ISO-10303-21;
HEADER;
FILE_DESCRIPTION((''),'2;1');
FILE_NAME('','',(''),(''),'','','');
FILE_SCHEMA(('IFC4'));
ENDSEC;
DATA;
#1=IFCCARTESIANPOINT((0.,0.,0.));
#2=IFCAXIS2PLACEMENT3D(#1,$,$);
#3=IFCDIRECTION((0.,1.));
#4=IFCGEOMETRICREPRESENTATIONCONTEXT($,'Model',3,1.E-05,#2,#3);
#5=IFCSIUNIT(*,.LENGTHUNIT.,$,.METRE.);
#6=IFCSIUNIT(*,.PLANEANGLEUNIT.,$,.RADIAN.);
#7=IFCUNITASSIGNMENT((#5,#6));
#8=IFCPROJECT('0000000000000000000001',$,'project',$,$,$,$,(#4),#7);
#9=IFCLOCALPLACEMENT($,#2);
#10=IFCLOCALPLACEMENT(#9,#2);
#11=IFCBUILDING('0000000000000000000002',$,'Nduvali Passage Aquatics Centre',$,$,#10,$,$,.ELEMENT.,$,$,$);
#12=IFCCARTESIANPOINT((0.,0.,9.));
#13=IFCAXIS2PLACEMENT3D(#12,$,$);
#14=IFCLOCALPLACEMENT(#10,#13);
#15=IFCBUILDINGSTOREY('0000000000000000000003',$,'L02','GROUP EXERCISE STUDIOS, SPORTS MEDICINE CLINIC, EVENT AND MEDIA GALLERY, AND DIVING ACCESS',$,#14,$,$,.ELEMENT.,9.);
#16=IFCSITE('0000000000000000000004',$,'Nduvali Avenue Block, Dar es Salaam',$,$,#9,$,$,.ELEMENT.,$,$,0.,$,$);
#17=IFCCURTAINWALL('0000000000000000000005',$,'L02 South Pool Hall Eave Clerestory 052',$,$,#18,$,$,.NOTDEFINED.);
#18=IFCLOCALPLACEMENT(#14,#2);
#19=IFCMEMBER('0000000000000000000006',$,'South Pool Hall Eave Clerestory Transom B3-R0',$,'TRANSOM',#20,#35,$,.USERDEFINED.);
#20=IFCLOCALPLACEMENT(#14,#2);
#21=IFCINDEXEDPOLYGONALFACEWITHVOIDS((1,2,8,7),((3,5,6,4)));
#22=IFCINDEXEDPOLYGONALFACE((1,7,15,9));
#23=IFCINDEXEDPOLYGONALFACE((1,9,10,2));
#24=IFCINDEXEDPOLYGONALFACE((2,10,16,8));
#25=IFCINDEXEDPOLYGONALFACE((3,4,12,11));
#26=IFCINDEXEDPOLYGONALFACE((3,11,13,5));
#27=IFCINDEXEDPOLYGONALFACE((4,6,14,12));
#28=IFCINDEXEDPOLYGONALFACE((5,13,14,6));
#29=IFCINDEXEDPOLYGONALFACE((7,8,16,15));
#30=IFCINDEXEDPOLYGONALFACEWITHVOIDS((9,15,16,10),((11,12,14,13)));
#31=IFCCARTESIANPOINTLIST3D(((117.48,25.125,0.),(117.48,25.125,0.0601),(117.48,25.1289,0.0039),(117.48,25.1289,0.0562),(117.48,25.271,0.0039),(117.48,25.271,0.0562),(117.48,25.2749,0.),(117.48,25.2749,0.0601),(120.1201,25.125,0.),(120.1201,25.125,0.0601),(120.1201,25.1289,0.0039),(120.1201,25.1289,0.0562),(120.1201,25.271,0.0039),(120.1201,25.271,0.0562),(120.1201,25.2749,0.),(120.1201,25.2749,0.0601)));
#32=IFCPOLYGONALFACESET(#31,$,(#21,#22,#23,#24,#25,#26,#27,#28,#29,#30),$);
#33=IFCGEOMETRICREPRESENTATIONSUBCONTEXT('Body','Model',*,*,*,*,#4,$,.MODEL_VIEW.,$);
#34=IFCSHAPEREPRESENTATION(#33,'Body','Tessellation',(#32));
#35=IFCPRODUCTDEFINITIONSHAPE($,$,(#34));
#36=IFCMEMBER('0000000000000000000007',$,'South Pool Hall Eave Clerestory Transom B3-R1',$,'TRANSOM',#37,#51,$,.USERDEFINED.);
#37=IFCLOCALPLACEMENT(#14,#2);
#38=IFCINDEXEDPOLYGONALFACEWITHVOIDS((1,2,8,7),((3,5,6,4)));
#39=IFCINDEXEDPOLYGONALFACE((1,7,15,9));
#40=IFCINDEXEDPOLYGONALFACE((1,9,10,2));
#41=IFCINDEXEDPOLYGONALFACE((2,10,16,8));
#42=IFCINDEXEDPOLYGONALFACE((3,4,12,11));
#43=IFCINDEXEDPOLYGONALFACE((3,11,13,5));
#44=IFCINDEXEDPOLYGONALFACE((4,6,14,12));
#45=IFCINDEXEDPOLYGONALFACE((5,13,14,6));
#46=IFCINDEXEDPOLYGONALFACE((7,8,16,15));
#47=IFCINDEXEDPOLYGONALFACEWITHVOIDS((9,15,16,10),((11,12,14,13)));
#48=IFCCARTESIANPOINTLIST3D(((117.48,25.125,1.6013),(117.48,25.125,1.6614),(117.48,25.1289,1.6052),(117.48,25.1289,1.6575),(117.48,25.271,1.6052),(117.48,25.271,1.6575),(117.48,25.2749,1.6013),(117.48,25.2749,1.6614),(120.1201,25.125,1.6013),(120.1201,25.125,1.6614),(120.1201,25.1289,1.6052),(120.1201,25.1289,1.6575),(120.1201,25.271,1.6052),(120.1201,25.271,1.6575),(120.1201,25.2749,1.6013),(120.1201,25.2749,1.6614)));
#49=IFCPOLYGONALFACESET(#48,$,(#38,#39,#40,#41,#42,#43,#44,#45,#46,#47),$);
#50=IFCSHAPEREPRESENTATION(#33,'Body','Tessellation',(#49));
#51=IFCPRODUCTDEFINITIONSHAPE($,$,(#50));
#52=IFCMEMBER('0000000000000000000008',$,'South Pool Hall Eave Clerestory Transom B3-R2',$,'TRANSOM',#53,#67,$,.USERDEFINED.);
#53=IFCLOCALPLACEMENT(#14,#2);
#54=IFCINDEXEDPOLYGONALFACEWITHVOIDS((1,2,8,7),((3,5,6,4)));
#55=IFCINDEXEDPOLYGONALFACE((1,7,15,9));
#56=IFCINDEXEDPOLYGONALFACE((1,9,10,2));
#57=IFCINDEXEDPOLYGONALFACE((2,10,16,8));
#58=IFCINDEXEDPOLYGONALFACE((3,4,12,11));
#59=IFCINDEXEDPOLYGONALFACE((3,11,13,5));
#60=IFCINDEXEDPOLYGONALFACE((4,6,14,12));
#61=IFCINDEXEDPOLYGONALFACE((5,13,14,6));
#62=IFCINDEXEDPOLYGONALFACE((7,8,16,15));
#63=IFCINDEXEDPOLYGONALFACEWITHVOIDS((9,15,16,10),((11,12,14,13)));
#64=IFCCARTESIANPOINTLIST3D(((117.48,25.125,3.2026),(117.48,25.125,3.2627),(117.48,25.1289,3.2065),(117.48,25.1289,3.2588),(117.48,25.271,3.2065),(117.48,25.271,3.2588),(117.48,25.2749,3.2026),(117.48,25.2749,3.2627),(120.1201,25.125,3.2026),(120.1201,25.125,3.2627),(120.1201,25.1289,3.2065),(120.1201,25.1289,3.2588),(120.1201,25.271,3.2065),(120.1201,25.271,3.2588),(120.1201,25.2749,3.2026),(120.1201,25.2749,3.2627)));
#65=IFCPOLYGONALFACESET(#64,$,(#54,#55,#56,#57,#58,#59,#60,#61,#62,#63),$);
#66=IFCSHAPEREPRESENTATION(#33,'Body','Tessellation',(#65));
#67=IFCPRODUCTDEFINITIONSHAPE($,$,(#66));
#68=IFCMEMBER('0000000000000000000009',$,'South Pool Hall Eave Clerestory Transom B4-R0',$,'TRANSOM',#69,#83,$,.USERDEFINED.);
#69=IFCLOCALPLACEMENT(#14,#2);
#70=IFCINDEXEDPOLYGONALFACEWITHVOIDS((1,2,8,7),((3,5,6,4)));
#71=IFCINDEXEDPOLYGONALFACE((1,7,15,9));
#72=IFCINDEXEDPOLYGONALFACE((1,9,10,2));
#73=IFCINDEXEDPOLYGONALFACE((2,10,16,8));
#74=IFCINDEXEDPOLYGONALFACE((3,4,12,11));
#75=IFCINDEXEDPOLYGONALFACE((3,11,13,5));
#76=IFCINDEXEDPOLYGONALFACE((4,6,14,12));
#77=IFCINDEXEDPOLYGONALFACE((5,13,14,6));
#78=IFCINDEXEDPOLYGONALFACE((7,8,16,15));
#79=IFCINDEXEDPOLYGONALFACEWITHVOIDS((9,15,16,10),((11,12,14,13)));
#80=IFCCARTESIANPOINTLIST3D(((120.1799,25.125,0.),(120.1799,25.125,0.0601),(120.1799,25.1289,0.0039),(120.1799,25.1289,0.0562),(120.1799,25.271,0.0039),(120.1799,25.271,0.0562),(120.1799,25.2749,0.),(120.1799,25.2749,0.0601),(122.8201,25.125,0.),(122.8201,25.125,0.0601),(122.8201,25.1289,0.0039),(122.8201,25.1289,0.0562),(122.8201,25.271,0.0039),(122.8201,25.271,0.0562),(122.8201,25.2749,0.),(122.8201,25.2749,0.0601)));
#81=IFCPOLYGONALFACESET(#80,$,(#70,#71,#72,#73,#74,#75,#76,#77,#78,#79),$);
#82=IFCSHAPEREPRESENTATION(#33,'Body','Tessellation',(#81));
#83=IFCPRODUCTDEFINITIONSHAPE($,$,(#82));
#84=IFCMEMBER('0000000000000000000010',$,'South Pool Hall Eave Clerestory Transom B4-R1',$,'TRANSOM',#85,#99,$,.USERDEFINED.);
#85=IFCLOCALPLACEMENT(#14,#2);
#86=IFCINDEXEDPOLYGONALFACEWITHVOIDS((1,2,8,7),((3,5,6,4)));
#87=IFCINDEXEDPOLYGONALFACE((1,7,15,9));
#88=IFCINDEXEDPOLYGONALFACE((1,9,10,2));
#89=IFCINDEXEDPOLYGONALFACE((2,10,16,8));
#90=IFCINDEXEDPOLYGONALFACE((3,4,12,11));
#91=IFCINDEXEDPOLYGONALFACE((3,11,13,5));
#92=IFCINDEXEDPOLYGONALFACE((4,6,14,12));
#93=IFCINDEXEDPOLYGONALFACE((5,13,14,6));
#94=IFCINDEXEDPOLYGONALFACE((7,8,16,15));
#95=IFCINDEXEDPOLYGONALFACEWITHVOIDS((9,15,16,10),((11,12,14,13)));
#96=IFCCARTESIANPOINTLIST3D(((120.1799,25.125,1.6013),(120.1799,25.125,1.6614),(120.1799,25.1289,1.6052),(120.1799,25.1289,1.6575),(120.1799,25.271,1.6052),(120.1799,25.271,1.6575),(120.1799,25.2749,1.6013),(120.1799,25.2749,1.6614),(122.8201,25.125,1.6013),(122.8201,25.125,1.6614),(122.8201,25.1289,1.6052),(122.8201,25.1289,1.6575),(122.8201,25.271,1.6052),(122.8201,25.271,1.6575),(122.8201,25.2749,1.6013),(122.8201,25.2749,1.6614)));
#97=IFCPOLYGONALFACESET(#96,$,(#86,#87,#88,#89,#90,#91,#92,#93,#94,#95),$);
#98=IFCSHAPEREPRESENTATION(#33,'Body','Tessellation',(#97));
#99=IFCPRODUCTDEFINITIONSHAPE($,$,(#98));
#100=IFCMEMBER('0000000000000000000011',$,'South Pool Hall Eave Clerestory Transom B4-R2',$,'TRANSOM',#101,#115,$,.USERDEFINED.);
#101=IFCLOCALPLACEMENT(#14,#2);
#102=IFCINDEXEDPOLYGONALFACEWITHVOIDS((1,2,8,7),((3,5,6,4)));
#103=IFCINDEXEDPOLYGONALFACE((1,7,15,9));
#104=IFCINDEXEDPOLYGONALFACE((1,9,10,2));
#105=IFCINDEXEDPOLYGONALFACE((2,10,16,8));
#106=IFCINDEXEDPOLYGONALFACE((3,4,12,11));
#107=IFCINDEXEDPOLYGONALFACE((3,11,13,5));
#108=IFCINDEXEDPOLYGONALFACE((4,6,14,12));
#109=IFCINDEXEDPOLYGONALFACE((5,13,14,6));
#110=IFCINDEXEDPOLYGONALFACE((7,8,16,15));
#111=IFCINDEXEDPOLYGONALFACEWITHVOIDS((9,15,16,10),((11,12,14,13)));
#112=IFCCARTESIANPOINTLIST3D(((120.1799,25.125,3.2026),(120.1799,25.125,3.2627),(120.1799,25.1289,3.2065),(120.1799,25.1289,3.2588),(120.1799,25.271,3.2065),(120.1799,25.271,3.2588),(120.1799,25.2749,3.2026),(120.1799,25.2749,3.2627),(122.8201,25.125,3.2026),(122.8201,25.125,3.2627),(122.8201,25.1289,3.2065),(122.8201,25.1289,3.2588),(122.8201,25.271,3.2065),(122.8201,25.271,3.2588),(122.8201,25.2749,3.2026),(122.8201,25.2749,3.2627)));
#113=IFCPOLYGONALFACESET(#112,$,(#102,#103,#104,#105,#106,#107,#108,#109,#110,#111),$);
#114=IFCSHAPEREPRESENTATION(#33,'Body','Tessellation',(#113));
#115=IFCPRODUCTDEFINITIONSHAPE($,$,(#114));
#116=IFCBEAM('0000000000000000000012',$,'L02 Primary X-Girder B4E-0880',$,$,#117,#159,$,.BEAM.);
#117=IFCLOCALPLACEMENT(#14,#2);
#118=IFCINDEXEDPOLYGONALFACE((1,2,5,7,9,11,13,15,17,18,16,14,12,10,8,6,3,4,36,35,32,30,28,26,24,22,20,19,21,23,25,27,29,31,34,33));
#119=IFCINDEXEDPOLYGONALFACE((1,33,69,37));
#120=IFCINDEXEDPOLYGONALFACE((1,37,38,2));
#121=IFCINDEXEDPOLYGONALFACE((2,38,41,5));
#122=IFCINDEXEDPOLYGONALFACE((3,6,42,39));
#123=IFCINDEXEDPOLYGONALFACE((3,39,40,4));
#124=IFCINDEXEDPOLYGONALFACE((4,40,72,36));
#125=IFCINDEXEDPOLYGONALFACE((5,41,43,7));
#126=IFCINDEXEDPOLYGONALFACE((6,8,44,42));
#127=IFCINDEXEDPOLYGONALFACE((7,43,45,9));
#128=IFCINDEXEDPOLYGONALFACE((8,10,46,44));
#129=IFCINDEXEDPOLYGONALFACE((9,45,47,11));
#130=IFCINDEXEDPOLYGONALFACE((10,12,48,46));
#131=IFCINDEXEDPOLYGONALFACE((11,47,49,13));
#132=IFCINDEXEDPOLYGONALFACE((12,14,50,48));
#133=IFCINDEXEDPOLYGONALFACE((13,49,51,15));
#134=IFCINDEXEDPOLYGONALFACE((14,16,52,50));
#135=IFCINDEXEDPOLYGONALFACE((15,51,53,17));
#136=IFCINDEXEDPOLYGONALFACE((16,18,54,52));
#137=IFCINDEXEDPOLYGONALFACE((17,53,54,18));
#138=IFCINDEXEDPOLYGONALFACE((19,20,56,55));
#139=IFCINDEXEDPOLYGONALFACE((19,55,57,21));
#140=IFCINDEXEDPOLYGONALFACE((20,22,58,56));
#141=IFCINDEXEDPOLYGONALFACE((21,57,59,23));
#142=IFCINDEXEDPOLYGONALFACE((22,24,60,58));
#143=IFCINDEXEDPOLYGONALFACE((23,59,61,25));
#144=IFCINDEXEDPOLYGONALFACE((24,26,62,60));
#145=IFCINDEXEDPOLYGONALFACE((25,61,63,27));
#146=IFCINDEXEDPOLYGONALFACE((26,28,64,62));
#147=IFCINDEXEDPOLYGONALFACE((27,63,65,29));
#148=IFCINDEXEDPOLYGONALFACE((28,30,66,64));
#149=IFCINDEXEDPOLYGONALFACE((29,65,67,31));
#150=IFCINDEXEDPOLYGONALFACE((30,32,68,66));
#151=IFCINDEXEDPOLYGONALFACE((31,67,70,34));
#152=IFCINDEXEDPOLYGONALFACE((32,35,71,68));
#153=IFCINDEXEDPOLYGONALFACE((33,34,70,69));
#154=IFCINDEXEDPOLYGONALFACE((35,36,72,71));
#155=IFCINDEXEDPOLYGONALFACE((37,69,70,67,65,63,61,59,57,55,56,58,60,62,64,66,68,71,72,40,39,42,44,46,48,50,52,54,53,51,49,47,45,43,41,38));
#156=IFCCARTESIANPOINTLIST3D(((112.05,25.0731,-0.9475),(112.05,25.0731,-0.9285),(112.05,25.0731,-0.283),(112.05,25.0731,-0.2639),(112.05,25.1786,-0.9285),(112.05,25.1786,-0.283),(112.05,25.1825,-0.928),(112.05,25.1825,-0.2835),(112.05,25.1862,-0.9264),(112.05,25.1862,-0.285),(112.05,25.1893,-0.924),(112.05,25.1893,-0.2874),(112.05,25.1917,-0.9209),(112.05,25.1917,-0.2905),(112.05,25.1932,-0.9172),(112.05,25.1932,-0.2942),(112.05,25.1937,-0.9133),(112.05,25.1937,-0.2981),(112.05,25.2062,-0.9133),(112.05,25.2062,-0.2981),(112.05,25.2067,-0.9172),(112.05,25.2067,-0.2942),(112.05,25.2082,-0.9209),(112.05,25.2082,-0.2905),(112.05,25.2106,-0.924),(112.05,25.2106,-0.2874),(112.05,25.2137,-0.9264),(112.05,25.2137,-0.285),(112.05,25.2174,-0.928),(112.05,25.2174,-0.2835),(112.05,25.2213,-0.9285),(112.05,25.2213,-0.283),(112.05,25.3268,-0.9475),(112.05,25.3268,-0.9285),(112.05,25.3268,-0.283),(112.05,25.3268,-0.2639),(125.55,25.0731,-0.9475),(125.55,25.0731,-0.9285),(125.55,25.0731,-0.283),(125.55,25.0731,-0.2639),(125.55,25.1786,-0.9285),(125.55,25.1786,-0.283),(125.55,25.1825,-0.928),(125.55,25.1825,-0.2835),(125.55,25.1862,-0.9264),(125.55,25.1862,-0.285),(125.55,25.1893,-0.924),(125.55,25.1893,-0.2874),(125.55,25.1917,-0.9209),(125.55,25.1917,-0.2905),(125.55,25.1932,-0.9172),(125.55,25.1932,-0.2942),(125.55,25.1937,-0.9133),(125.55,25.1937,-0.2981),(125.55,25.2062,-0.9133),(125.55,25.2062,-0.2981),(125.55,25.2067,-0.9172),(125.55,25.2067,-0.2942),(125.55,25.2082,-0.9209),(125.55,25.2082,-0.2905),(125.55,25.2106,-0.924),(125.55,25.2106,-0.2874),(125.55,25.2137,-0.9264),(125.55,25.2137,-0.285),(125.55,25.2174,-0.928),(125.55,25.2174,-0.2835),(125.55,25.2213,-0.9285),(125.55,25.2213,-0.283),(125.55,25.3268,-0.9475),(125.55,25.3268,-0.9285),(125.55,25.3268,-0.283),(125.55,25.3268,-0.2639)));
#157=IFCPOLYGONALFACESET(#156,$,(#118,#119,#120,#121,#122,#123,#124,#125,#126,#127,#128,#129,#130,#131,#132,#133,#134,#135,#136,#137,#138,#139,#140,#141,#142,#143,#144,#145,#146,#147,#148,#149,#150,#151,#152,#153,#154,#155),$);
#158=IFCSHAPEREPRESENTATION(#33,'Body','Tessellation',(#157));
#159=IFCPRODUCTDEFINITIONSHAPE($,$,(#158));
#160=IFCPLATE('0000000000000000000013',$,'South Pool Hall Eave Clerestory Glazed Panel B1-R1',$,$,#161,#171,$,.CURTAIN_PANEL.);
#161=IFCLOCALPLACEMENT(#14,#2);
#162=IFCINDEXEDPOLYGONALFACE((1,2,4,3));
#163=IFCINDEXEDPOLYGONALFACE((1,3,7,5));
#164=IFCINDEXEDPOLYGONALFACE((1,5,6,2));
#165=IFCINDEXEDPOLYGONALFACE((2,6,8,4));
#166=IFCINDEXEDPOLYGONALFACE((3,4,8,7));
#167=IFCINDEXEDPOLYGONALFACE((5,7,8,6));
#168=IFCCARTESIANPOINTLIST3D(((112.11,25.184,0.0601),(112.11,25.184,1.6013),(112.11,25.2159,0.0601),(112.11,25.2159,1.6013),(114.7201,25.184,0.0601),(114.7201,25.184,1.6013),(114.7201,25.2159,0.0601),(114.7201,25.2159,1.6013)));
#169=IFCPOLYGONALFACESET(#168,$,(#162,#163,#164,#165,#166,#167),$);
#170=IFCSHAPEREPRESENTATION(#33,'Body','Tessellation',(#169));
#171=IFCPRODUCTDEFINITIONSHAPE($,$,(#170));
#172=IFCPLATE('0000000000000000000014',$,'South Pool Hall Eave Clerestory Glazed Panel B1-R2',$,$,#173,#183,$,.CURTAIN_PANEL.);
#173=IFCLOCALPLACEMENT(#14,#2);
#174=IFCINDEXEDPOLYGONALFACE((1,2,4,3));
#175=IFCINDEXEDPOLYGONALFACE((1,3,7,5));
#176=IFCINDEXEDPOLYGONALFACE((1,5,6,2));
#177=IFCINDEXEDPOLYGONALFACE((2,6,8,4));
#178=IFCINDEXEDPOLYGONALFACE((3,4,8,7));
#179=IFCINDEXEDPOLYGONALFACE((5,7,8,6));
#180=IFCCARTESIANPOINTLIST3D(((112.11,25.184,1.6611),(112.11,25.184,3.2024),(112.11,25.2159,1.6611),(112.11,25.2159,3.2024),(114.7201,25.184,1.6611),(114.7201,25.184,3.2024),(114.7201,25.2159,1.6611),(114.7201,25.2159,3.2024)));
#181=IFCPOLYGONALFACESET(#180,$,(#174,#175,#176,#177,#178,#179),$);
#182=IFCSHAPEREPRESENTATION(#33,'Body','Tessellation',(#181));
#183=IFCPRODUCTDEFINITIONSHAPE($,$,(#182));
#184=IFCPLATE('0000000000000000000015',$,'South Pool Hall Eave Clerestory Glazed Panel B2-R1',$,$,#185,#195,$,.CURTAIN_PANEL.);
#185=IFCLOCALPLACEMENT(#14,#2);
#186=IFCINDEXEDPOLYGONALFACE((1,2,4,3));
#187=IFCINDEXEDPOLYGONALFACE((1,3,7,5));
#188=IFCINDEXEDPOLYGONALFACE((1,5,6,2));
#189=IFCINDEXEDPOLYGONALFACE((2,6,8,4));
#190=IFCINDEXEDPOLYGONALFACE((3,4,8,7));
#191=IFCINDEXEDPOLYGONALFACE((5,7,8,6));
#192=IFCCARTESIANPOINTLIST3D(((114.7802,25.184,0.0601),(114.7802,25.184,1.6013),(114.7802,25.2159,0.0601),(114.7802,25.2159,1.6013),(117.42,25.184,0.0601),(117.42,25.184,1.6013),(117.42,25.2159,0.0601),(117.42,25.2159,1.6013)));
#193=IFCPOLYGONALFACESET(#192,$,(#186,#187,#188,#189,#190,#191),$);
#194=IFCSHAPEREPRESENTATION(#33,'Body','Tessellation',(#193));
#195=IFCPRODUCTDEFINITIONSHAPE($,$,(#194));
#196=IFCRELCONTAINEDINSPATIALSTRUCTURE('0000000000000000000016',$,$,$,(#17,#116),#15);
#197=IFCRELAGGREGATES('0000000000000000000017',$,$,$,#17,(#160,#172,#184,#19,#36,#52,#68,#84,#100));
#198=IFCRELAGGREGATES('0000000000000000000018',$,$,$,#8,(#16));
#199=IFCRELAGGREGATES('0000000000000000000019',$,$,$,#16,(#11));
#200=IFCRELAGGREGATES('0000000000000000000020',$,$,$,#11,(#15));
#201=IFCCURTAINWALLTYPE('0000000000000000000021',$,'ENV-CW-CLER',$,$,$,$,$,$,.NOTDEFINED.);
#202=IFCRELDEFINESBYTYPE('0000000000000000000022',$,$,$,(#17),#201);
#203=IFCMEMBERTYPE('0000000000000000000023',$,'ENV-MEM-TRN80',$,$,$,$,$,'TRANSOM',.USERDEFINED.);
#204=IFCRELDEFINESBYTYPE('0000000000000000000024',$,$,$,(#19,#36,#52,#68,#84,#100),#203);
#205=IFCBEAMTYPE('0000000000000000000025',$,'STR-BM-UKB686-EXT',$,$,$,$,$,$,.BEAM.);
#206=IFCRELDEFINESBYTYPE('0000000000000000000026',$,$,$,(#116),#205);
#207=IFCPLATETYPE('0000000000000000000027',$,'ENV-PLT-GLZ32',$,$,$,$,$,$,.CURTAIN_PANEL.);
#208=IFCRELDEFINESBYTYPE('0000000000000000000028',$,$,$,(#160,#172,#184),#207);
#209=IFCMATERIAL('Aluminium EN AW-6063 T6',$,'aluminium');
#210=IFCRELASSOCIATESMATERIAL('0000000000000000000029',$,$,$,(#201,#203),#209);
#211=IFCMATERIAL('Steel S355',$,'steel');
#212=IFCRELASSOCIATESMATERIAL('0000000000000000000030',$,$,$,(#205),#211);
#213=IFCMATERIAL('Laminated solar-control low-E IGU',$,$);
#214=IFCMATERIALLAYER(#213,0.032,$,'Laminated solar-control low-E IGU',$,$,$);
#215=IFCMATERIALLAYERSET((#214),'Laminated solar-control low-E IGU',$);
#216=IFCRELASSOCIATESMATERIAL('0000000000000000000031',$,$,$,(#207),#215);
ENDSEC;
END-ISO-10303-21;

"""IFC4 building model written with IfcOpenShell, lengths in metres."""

from ifc_helpers import new_model, si_unit, direction, frame, origin, origin_2d, place, context, subcontext, project, spatial, rectangle, hollow_rectangle, i_section, extrude, material, layer, layer_set, material_profile, profile_set, type_object, element, aggregate, save


model = new_model("IFC4")

# Units and contexts
model_context = context("Model", 3, precision=1e-05, world=origin(), true_north=direction((0.0, 1.0)))
body_context = subcontext(model_context, "Body", "Model", "MODEL_VIEW")
ifc_project = project(units=[si_unit("LENGTHUNIT", "METRE"), si_unit("PLANEANGLEUNIT", "RADIAN")], contexts=[model_context])

# Site, building, storey
site_placement = place(None, origin())
site = spatial("IfcSite", under=ifc_project, at=site_placement, Name="Nduvali Avenue Block, Dar es Salaam", CompositionType="ELEMENT", RefElevation=0.0)
building_placement = place(site_placement, origin())
building = spatial("IfcBuilding", under=site, at=building_placement, Name="Nduvali Passage Aquatics Centre", CompositionType="ELEMENT")
storey_placement = place(building_placement, frame((0.0, 0.0, 9.0)))
storey = spatial("IfcBuildingStorey", under=building, at=storey_placement, Name="L02", Description="GROUP EXERCISE STUDIOS, SPORTS MEDICINE CLINIC, EVENT AND MEDIA GALLERY, AND DIVING ACCESS", CompositionType="ELEMENT", Elevation=9.0)

# Curtain wall, members
ifc_material_1 = material(Name="Aluminium EN AW-6063 T6", Category="aluminium")
curtain_wall_type = type_object("IfcCurtainWallType", Name="ENV-CW-CLER", PredefinedType="NOTDEFINED", material=ifc_material_1)
curtain_wall_placement = place(storey_placement, origin())
curtain_wall = element("IfcCurtainWall", 1, at=curtain_wall_placement, inside=storey, type_object=curtain_wall_type, Name="L02 South Pool Hall Eave Clerestory 052", PredefinedType="NOTDEFINED")
ifc_material_profile_1 = material_profile(ifc_material_1, hollow_rectangle(XDim=0.1499, YDim=0.0601, WallThickness=0.0039, at=origin_2d()), Name="ALU TRANSOM 150x60x4")
ifc_profile_set_1 = profile_set([ifc_material_profile_1], Name="Aluminium EN AW-6063 T6")
member_type_1 = type_object("IfcMemberType", Name="ENV-MEM-TRN80", ElementType="TRANSOM", PredefinedType="USERDEFINED", material=ifc_profile_set_1)
member_1_placement = place(storey_placement, frame((117.48, 25.2, 0.03), z_axis=(1.0, 0.0, 0.0), x_axis=(0.0, 1.0, 0.0)))
member_1 = element("IfcMember", 2, at=member_1_placement, type_object=member_type_1, Name="South Pool Hall Eave Clerestory Transom B3-R0", ObjectType="TRANSOM", PredefinedType="USERDEFINED", context=body_context, shape_type="SweptSolid", body=[
    extrude(hollow_rectangle(XDim=0.1499, YDim=0.0601, WallThickness=0.0039, at=origin_2d()), origin(), (0.0, 0.0, 1.0), 2.6401),
])
member_2_placement = place(storey_placement, frame((117.48, 25.2, 1.6313), z_axis=(1.0, 0.0, 0.0), x_axis=(0.0, 1.0, 0.0)))
member_2 = element("IfcMember", 3, at=member_2_placement, type_object=member_type_1, Name="South Pool Hall Eave Clerestory Transom B3-R1", ObjectType="TRANSOM", PredefinedType="USERDEFINED", context=body_context, shape_type="SweptSolid", body=[
    extrude(hollow_rectangle(XDim=0.1499, YDim=0.0601, WallThickness=0.0039, at=origin_2d()), origin(), (0.0, 0.0, 1.0), 2.6401),
])
member_3_placement = place(storey_placement, frame((117.48, 25.2, 3.2327), z_axis=(1.0, 0.0, 0.0), x_axis=(0.0, 1.0, 0.0)))
member_3 = element("IfcMember", 4, at=member_3_placement, type_object=member_type_1, Name="South Pool Hall Eave Clerestory Transom B3-R2", ObjectType="TRANSOM", PredefinedType="USERDEFINED", context=body_context, shape_type="SweptSolid", body=[
    extrude(hollow_rectangle(XDim=0.1499, YDim=0.0601, WallThickness=0.0039, at=origin_2d()), origin(), (0.0, 0.0, 1.0), 2.6401),
])
member_4_placement = place(storey_placement, frame((120.1799, 25.2, 0.03), z_axis=(1.0, 0.0, 0.0), x_axis=(0.0, 1.0, 0.0)))
member_4 = element("IfcMember", 5, at=member_4_placement, type_object=member_type_1, Name="South Pool Hall Eave Clerestory Transom B4-R0", ObjectType="TRANSOM", PredefinedType="USERDEFINED", context=body_context, shape_type="SweptSolid", body=[
    extrude(hollow_rectangle(XDim=0.1499, YDim=0.0601, WallThickness=0.0039, at=origin_2d()), origin(), (0.0, 0.0, 1.0), 2.6401),
])
member_5_placement = place(storey_placement, frame((120.1799, 25.2, 1.6313), z_axis=(1.0, 0.0, 0.0), x_axis=(0.0, 1.0, 0.0)))
member_5 = element("IfcMember", 6, at=member_5_placement, type_object=member_type_1, Name="South Pool Hall Eave Clerestory Transom B4-R1", ObjectType="TRANSOM", PredefinedType="USERDEFINED", context=body_context, shape_type="SweptSolid", body=[
    extrude(hollow_rectangle(XDim=0.1499, YDim=0.0601, WallThickness=0.0039, at=origin_2d()), origin(), (0.0, 0.0, 1.0), 2.6401),
])
member_6_placement = place(storey_placement, frame((120.1799, 25.2, 3.2327), z_axis=(1.0, 0.0, 0.0), x_axis=(0.0, 1.0, 0.0)))
member_6 = element("IfcMember", 7, at=member_6_placement, type_object=member_type_1, Name="South Pool Hall Eave Clerestory Transom B4-R2", ObjectType="TRANSOM", PredefinedType="USERDEFINED", context=body_context, shape_type="SweptSolid", body=[
    extrude(hollow_rectangle(XDim=0.1499, YDim=0.0601, WallThickness=0.0039, at=origin_2d()), origin(), (0.0, 0.0, 1.0), 2.6401),
])

# Beam
ifc_material_2 = material(Name="Steel S355", Category="steel")
ifc_material_profile_2 = material_profile(ifc_material_2, i_section(OverallWidth=0.2537, OverallDepth=0.6836, WebThickness=0.0125, FlangeThickness=0.019, FilletRadius=0.0151, at=origin_2d()), Name="UKB 686x254x140")
ifc_profile_set_2 = profile_set([ifc_material_profile_2], Name="Steel S355")
beam_type = type_object("IfcBeamType", Name="STR-BM-UKB686-EXT", PredefinedType="BEAM", material=ifc_profile_set_2)
beam_placement = place(storey_placement, frame((112.05, 25.2, -0.6057), z_axis=(1.0, 0.0, 0.0), x_axis=(0.0, 1.0, 0.0)))
element("IfcBeam", 8, at=beam_placement, inside=storey, type_object=beam_type, Name="L02 Primary X-Girder B4E-0880", PredefinedType="BEAM", context=body_context, shape_type="SweptSolid", body=[
    extrude(i_section(OverallWidth=0.2537, OverallDepth=0.6836, WebThickness=0.0125, FlangeThickness=0.019, FilletRadius=0.0151, at=origin_2d()), origin(), (0.0, 0.0, 1.0), 13.5),
])

# Plates
ifc_material_3 = material(Name="Laminated solar-control low-E IGU")
ifc_layer = layer(ifc_material_3, 0.032, Name="Laminated solar-control low-E IGU")
ifc_layer_set = layer_set([ifc_layer], Name="Laminated solar-control low-E IGU")
plate_type = type_object("IfcPlateType", Name="ENV-PLT-GLZ32", PredefinedType="CURTAIN_PANEL", material=ifc_layer_set)
plate_1_placement = place(storey_placement, frame((113.415, 25.2, 0.0601), z_axis=(0.0, 0.0, 1.0), x_axis=(1.0, 0.0, 0.0)))
plate_1 = element("IfcPlate", 9, at=plate_1_placement, type_object=plate_type, Name="South Pool Hall Eave Clerestory Glazed Panel B1-R1", PredefinedType="CURTAIN_PANEL", context=body_context, shape_type="SweptSolid", body=[
    extrude(rectangle(XDim=2.6101, YDim=0.032, at=origin_2d()), origin(), (0.0, 0.0, 1.0), 1.5413),
])
plate_2_placement = place(storey_placement, frame((113.415, 25.2, 1.6611), z_axis=(0.0, 0.0, 1.0), x_axis=(1.0, 0.0, 0.0)))
plate_2 = element("IfcPlate", 10, at=plate_2_placement, type_object=plate_type, Name="South Pool Hall Eave Clerestory Glazed Panel B1-R2", PredefinedType="CURTAIN_PANEL", context=body_context, shape_type="SweptSolid", body=[
    extrude(rectangle(XDim=2.6101, YDim=0.032, at=origin_2d()), origin(), (0.0, 0.0, 1.0), 1.5413),
])
plate_3_placement = place(storey_placement, frame((116.1001, 25.2, 0.0601), z_axis=(0.0, 0.0, 1.0), x_axis=(1.0, 0.0, 0.0)))
plate_3 = element("IfcPlate", 11, at=plate_3_placement, type_object=plate_type, Name="South Pool Hall Eave Clerestory Glazed Panel B2-R1", PredefinedType="CURTAIN_PANEL", context=body_context, shape_type="SweptSolid", body=[
    extrude(rectangle(XDim=2.6399, YDim=0.032, at=origin_2d()), origin(), (0.0, 0.0, 1.0), 1.5413),
])
aggregate(curtain_wall, [plate_1, plate_2, plate_3, member_1, member_2, member_3, member_4, member_5, member_6])

save(model, "model.ifc")
